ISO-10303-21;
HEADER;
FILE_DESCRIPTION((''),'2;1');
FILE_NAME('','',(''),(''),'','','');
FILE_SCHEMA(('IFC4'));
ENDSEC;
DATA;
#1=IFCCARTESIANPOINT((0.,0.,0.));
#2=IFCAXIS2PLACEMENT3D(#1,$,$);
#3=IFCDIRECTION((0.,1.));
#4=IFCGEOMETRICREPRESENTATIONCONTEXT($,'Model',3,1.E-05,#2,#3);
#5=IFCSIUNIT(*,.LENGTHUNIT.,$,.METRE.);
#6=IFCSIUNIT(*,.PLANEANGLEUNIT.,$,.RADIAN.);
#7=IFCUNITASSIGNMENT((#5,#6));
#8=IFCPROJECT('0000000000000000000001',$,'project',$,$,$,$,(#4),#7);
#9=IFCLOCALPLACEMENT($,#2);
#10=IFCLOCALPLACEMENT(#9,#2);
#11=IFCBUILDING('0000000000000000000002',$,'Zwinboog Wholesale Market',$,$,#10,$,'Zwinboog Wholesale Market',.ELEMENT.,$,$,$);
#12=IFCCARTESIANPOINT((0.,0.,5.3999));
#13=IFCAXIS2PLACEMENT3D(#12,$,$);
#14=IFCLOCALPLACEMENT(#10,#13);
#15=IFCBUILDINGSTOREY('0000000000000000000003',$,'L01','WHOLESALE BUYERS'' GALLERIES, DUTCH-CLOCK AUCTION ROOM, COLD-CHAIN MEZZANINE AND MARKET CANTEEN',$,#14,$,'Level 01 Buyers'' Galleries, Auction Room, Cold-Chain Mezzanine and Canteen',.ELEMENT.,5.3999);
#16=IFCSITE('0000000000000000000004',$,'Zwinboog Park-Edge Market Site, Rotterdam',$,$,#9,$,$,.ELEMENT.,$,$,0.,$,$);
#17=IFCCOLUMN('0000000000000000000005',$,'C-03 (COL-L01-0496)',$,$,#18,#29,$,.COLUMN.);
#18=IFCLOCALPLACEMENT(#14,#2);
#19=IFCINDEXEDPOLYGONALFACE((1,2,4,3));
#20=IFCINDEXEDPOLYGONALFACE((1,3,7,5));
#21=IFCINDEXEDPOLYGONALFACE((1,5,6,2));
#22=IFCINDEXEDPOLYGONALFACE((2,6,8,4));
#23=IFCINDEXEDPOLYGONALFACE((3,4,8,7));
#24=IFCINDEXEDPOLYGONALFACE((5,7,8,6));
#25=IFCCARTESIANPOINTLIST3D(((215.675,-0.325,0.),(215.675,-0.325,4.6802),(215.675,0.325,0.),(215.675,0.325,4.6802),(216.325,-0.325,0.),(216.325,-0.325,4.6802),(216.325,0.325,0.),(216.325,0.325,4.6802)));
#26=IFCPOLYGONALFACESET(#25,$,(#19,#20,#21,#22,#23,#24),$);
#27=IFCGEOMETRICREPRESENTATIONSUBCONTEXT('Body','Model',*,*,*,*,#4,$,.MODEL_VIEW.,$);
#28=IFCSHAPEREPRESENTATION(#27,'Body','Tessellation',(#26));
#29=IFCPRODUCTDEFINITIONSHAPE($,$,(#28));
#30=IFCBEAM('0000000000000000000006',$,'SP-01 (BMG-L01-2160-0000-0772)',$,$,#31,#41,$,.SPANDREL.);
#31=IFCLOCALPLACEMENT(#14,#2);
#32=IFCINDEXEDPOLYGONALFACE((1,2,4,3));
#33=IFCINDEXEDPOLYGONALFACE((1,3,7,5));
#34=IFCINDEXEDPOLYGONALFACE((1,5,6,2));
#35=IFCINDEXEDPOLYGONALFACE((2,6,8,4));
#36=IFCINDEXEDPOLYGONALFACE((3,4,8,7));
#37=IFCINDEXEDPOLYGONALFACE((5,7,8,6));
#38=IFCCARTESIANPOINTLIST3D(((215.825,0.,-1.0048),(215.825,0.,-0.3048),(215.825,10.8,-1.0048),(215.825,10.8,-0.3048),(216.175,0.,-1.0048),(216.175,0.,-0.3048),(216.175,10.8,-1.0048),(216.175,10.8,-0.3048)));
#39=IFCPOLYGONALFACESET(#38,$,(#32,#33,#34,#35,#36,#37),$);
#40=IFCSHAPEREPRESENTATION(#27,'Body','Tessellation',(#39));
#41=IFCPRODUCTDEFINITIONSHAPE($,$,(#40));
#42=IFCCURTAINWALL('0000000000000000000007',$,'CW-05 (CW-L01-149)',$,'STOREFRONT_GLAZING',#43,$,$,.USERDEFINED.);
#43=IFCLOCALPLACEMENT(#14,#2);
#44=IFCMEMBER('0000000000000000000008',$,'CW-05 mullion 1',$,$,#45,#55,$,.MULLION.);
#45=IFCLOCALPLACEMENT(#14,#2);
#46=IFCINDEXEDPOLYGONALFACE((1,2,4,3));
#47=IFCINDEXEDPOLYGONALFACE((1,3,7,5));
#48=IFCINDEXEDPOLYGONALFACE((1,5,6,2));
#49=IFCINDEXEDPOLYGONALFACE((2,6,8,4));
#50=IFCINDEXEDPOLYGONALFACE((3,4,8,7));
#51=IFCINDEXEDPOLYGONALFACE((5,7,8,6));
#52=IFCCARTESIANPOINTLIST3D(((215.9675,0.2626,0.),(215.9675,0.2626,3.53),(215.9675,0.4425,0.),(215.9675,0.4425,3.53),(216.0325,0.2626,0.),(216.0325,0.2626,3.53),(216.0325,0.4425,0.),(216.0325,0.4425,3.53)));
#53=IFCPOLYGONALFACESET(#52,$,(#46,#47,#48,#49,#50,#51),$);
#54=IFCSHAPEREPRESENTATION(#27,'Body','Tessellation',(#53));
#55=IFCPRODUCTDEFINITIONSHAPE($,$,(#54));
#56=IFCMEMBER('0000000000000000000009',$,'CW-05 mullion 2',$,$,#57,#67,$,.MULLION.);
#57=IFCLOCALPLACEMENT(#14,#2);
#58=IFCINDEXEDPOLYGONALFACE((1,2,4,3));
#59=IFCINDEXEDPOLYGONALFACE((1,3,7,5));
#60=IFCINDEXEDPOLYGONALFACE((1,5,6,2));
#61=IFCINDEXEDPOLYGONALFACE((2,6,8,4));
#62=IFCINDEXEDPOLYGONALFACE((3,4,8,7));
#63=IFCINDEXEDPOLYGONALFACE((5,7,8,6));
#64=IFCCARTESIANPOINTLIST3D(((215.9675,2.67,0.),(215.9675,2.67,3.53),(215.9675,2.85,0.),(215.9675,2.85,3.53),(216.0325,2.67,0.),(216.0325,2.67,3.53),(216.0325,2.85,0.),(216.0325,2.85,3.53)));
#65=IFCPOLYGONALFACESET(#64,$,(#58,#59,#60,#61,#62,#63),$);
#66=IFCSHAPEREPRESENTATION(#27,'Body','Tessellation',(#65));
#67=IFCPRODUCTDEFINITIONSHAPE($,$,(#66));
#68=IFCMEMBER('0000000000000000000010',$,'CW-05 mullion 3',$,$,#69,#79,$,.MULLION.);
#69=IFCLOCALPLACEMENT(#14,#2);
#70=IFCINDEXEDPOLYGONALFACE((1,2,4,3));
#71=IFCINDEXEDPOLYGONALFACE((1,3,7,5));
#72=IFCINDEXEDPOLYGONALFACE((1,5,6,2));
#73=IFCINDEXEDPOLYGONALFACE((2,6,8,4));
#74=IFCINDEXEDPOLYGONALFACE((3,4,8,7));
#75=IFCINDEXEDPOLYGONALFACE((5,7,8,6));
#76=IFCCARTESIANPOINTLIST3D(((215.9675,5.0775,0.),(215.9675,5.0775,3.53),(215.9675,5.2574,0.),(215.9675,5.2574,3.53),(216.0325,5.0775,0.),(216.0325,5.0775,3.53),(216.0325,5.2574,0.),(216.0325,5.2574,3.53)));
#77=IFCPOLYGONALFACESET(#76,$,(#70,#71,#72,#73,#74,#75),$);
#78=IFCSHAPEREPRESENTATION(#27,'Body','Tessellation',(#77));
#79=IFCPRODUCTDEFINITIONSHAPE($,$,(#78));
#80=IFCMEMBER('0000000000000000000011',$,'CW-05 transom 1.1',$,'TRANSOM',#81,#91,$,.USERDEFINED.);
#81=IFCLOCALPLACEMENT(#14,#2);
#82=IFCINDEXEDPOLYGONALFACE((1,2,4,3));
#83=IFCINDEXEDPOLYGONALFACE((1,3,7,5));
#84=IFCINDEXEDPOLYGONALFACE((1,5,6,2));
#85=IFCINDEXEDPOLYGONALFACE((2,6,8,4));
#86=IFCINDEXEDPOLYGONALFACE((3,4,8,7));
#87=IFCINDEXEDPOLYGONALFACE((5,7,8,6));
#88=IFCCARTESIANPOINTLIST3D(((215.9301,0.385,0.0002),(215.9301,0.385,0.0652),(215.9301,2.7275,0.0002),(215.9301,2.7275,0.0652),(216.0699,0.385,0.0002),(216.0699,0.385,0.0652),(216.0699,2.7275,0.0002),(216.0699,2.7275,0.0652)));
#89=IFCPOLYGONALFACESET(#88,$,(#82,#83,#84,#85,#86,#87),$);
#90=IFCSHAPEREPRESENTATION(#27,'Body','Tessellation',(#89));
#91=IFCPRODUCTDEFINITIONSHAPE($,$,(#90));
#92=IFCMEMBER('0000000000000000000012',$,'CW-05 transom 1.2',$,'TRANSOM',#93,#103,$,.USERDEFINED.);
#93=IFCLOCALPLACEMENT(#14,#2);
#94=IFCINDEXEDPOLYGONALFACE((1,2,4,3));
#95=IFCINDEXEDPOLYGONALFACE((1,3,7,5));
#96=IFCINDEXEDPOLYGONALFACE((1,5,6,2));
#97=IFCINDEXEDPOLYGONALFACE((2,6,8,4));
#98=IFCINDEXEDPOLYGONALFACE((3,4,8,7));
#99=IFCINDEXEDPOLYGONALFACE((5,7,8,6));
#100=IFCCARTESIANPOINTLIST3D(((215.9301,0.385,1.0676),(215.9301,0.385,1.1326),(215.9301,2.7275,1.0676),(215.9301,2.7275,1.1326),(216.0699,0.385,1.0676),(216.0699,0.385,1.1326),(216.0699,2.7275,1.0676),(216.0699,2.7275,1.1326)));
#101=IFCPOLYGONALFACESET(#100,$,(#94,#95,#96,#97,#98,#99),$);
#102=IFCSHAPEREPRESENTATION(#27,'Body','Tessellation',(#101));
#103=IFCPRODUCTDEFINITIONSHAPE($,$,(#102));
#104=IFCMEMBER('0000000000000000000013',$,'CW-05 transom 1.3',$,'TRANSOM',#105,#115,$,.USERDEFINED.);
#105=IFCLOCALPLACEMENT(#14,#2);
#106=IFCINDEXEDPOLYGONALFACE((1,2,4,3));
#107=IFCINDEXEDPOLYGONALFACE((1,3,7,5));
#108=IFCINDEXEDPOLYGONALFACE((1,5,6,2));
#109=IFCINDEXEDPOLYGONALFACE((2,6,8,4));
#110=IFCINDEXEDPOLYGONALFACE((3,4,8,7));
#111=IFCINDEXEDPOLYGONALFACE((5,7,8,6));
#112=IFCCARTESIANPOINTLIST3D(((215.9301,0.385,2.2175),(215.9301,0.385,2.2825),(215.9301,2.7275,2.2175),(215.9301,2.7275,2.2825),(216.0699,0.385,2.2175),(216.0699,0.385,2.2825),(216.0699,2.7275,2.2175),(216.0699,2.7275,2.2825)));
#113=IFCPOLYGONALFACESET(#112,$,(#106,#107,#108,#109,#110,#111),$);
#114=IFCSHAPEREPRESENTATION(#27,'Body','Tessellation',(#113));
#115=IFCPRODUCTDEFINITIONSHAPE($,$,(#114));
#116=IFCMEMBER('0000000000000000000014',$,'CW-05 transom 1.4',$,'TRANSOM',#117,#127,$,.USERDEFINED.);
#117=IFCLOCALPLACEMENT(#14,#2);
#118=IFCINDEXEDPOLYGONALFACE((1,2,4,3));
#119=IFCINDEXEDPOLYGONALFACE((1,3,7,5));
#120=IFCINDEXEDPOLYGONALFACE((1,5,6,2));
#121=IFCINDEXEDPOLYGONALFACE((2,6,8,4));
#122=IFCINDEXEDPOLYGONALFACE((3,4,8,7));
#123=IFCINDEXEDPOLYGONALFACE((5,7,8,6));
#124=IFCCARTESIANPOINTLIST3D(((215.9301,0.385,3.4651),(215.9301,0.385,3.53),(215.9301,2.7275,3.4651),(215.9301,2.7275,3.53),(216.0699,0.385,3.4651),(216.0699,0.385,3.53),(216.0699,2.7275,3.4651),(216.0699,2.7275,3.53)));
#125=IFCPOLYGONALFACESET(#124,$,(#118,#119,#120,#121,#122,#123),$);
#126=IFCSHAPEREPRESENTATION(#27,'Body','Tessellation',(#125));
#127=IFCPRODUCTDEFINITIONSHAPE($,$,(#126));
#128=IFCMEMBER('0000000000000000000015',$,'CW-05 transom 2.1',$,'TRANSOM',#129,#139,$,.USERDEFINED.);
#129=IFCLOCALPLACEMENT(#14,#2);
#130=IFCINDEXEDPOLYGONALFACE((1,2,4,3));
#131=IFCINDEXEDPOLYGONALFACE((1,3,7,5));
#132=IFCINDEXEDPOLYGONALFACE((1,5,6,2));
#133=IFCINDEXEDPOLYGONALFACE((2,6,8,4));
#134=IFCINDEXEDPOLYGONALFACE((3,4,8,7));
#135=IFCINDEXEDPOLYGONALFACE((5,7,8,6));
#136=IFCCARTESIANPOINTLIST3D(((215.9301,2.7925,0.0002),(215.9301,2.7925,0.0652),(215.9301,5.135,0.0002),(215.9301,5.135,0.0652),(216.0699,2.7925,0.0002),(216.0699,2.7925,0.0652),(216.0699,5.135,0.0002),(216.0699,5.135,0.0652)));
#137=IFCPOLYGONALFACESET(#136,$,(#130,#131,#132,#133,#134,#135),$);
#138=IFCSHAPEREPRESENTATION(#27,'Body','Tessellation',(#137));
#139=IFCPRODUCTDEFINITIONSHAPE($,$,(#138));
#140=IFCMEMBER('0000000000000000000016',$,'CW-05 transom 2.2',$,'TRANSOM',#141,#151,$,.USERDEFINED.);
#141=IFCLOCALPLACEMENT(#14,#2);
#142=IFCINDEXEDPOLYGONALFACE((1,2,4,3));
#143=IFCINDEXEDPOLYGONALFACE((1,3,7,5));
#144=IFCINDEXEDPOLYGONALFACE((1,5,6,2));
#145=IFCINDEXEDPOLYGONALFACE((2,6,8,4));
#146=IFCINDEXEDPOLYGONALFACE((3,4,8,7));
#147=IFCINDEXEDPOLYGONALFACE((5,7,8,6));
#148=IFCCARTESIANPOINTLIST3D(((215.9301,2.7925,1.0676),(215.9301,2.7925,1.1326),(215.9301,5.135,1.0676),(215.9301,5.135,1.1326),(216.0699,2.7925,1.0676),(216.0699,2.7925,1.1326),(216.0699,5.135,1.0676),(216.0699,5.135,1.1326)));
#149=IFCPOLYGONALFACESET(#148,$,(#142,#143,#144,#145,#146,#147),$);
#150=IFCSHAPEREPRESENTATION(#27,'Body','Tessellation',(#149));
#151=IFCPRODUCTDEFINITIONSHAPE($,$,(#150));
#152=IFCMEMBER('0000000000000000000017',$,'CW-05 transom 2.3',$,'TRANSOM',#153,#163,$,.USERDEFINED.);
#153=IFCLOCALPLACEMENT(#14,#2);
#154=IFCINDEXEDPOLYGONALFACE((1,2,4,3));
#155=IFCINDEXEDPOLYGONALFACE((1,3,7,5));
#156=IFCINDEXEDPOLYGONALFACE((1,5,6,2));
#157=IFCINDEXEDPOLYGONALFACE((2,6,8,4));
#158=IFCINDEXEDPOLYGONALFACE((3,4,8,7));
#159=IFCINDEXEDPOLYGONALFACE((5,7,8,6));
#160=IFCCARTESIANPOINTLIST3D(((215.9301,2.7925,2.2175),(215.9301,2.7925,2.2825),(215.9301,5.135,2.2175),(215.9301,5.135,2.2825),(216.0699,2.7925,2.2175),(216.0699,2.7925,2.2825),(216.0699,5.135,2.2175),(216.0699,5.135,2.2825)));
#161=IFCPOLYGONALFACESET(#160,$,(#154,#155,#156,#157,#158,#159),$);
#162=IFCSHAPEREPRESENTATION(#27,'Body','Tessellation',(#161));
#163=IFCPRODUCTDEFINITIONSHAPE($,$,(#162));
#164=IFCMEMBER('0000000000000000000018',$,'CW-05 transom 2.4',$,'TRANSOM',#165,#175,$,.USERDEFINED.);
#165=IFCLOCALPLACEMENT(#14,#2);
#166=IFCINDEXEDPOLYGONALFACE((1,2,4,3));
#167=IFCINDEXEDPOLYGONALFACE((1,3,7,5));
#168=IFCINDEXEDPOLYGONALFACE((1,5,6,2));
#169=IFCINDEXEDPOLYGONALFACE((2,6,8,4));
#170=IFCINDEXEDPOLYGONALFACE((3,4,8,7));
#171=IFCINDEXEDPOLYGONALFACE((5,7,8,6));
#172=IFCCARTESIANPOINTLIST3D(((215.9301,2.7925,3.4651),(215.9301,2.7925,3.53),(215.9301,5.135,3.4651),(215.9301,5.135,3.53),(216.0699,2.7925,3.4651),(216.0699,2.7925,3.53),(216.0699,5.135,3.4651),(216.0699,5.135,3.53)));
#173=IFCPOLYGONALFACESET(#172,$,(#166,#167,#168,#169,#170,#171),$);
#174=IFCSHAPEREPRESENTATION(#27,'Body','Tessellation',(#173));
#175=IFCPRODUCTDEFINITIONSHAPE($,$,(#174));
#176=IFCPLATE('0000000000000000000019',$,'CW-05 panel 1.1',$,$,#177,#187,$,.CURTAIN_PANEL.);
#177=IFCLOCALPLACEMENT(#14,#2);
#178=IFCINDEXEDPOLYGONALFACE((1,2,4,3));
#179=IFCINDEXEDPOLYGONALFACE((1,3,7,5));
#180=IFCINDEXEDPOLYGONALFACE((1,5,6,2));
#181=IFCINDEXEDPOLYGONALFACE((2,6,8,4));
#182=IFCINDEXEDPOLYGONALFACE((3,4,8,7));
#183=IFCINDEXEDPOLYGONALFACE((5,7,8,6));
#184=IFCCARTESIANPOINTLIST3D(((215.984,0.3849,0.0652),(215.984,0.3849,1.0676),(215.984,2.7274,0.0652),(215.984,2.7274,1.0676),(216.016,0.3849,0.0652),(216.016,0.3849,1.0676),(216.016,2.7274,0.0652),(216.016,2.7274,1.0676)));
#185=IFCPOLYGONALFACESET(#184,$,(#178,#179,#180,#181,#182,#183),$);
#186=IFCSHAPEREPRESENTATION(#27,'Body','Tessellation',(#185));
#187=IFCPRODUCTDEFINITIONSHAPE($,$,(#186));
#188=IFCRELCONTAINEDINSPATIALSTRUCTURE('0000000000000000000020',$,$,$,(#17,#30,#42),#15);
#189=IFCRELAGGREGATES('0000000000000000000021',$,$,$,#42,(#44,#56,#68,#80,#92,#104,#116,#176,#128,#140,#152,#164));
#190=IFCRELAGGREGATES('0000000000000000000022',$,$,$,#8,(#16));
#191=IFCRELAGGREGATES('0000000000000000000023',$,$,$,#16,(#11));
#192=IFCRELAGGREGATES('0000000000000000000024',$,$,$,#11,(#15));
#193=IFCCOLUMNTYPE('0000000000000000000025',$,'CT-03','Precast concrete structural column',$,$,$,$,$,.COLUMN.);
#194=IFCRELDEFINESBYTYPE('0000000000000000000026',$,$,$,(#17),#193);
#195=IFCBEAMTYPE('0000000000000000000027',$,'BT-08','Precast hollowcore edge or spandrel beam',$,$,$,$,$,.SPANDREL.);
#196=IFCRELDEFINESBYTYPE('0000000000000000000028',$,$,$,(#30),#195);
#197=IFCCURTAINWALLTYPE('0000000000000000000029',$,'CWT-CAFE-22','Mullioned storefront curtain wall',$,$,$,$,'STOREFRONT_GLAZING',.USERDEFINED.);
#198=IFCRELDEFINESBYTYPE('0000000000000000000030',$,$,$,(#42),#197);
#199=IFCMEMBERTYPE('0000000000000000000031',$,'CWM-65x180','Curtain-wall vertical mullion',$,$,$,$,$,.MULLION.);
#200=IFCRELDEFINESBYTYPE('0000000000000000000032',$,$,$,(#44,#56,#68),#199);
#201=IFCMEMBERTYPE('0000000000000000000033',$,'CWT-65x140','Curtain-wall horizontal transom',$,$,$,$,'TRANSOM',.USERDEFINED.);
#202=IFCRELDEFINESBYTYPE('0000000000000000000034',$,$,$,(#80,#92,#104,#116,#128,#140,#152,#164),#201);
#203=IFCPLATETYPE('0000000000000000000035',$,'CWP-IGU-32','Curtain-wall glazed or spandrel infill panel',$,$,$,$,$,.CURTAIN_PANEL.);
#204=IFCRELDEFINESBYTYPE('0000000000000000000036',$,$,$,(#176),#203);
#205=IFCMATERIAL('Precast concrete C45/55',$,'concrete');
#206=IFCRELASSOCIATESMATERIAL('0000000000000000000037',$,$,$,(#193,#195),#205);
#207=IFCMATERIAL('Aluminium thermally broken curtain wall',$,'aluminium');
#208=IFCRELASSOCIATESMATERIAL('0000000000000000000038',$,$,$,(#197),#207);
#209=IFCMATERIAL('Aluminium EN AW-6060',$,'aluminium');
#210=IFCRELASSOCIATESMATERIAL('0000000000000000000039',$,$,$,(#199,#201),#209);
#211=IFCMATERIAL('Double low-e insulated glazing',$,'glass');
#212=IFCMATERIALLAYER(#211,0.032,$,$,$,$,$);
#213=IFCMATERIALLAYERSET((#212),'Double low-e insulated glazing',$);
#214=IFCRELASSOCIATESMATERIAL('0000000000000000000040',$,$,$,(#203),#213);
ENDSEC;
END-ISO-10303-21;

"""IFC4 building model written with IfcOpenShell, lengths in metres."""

from ifc_helpers import new_model, si_unit, direction, frame, origin, origin_2d, place, context, subcontext, project, spatial, rectangle, extrude, material, layer, layer_set, material_profile, profile_set, type_object, element, aggregate, save


model = new_model("IFC4")

# Units and contexts
model_context = context("Model", 3, precision=1e-05, world=origin(), true_north=direction((0.0, 1.0)))
body_context = subcontext(model_context, "Body", "Model", "MODEL_VIEW")
ifc_project = project(units=[si_unit("LENGTHUNIT", "METRE"), si_unit("PLANEANGLEUNIT", "RADIAN")], contexts=[model_context])

# Site, building, storey
site_placement = place(None, origin())
site = spatial("IfcSite", under=ifc_project, at=site_placement, Name="Zwinboog Park-Edge Market Site, Rotterdam", CompositionType="ELEMENT", RefElevation=0.0)
building_placement = place(site_placement, origin())
building = spatial("IfcBuilding", under=site, at=building_placement, Name="Zwinboog Wholesale Market", LongName="Zwinboog Wholesale Market", CompositionType="ELEMENT")
storey_placement = place(building_placement, frame((0.0, 0.0, 5.3999)))
storey = spatial("IfcBuildingStorey", under=building, at=storey_placement, Name="L01", Description="WHOLESALE BUYERS' GALLERIES, DUTCH-CLOCK AUCTION ROOM, COLD-CHAIN MEZZANINE AND MARKET CANTEEN", LongName="Level 01 Buyers' Galleries, Auction Room, Cold-Chain Mezzanine and Canteen", CompositionType="ELEMENT", Elevation=5.3999)

# Column
ifc_material_1 = material(Name="Precast concrete C45/55", Category="concrete")
ifc_material_profile_1 = material_profile(ifc_material_1, rectangle(XDim=0.6499, YDim=0.6499, at=origin_2d()), Name="PC 650x650")
ifc_profile_set_1 = profile_set([ifc_material_profile_1], Name="Precast concrete C45/55")
column_type = type_object("IfcColumnType", Name="CT-03", Description="Precast concrete structural column", PredefinedType="COLUMN", material=ifc_profile_set_1)
column_placement = place(storey_placement, frame((216.0, 0.0, 0.0), z_axis=(0.0, 0.0, 1.0), x_axis=(1.0, 0.0, 0.0)))
element("IfcColumn", 1, at=column_placement, inside=storey, type_object=column_type, Name="C-03 (COL-L01-0496)", PredefinedType="COLUMN", context=body_context, shape_type="SweptSolid", body=[
    extrude(rectangle(XDim=0.6499, YDim=0.6499, at=origin_2d()), origin(), (0.0, 0.0, 1.0), 4.6802),
])

# Beam
ifc_material_profile_2 = material_profile(ifc_material_1, rectangle(XDim=0.3501, YDim=0.7, at=origin_2d()), Name="PC 350x700")
ifc_profile_set_2 = profile_set([ifc_material_profile_2], Name="Precast concrete C45/55")
beam_type = type_object("IfcBeamType", Name="BT-08", Description="Precast hollowcore edge or spandrel beam", PredefinedType="SPANDREL", material=ifc_profile_set_2)
beam_placement = place(storey_placement, frame((216.0, 0.0, -0.6548), z_axis=(0.0, 1.0, 0.0), x_axis=(-1.0, 0.0, 0.0)))
element("IfcBeam", 2, at=beam_placement, inside=storey, type_object=beam_type, Name="SP-01 (BMG-L01-2160-0000-0772)", PredefinedType="SPANDREL", context=body_context, shape_type="SweptSolid", body=[
    extrude(rectangle(XDim=0.3501, YDim=0.7, at=origin_2d()), origin(), (0.0, 0.0, 1.0), 10.8),
])

# Curtain wall, members, plate
ifc_material_2 = material(Name="Aluminium thermally broken curtain wall", Category="aluminium")
curtain_wall_type = type_object("IfcCurtainWallType", Name="CWT-CAFE-22", Description="Mullioned storefront curtain wall", ElementType="STOREFRONT_GLAZING", PredefinedType="USERDEFINED", material=ifc_material_2)
curtain_wall_placement = place(storey_placement, origin())
curtain_wall = element("IfcCurtainWall", 3, at=curtain_wall_placement, inside=storey, type_object=curtain_wall_type, Name="CW-05 (CW-L01-149)", ObjectType="STOREFRONT_GLAZING", PredefinedType="USERDEFINED")
ifc_material_3 = material(Name="Aluminium EN AW-6060", Category="aluminium")
ifc_material_profile_3 = material_profile(ifc_material_3, rectangle(XDim=0.0649, YDim=0.1799, at=origin_2d()), Name="AL 65x180")
ifc_profile_set_3 = profile_set([ifc_material_profile_3], Name="Aluminium EN AW-6060")
member_type_1 = type_object("IfcMemberType", Name="CWM-65x180", Description="Curtain-wall vertical mullion", PredefinedType="MULLION", material=ifc_profile_set_3)
member_1_placement = place(storey_placement, frame((216.0, 0.3525, 0.0), z_axis=(0.0, 0.0, 1.0), x_axis=(-1.0, 0.0, 0.0)))
member_1 = element("IfcMember", 4, at=member_1_placement, type_object=member_type_1, Name="CW-05 mullion 1", PredefinedType="MULLION", context=body_context, shape_type="SweptSolid", body=[
    extrude(rectangle(XDim=0.0649, YDim=0.1799, at=origin_2d()), origin(), (0.0, 0.0, 1.0), 3.53),
])
member_2_placement = place(storey_placement, frame((216.0, 2.76, 0.0), z_axis=(0.0, 0.0, 1.0), x_axis=(-1.0, 0.0, 0.0)))
member_2 = element("IfcMember", 5, at=member_2_placement, type_object=member_type_1, Name="CW-05 mullion 2", PredefinedType="MULLION", context=body_context, shape_type="SweptSolid", body=[
    extrude(rectangle(XDim=0.0649, YDim=0.1799, at=origin_2d()), origin(), (0.0, 0.0, 1.0), 3.53),
])
member_3_placement = place(storey_placement, frame((216.0, 5.1675, 0.0), z_axis=(0.0, 0.0, 1.0), x_axis=(-1.0, 0.0, 0.0)))
member_3 = element("IfcMember", 6, at=member_3_placement, type_object=member_type_1, Name="CW-05 mullion 3", PredefinedType="MULLION", context=body_context, shape_type="SweptSolid", body=[
    extrude(rectangle(XDim=0.0649, YDim=0.1799, at=origin_2d()), origin(), (0.0, 0.0, 1.0), 3.53),
])
ifc_material_profile_4 = material_profile(ifc_material_3, rectangle(XDim=0.1399, YDim=0.0649, at=origin_2d()), Name="AL 65x140")
ifc_profile_set_4 = profile_set([ifc_material_profile_4], Name="Aluminium EN AW-6060")
member_type_2 = type_object("IfcMemberType", Name="CWT-65x140", Description="Curtain-wall horizontal transom", ElementType="TRANSOM", PredefinedType="USERDEFINED", material=ifc_profile_set_4)
member_4_placement = place(storey_placement, frame((216.0, 0.385, 0.0327), z_axis=(0.0, 1.0, 0.0), x_axis=(-1.0, 0.0, 0.0)))
member_4 = element("IfcMember", 7, at=member_4_placement, type_object=member_type_2, Name="CW-05 transom 1.1", ObjectType="TRANSOM", PredefinedType="USERDEFINED", context=body_context, shape_type="SweptSolid", body=[
    extrude(rectangle(XDim=0.1399, YDim=0.0649, at=origin_2d()), origin(), (0.0, 0.0, 1.0), 2.3425),
])
member_5_placement = place(storey_placement, frame((216.0, 0.385, 1.1001), z_axis=(0.0, 1.0, 0.0), x_axis=(-1.0, 0.0, 0.0)))
member_5 = element("IfcMember", 8, at=member_5_placement, type_object=member_type_2, Name="CW-05 transom 1.2", ObjectType="TRANSOM", PredefinedType="USERDEFINED", context=body_context, shape_type="SweptSolid", body=[
    extrude(rectangle(XDim=0.1399, YDim=0.0649, at=origin_2d()), origin(), (0.0, 0.0, 1.0), 2.3425),
])
member_6_placement = place(storey_placement, frame((216.0, 0.385, 2.25), z_axis=(0.0, 1.0, 0.0), x_axis=(-1.0, 0.0, 0.0)))
member_6 = element("IfcMember", 9, at=member_6_placement, type_object=member_type_2, Name="CW-05 transom 1.3", ObjectType="TRANSOM", PredefinedType="USERDEFINED", context=body_context, shape_type="SweptSolid", body=[
    extrude(rectangle(XDim=0.1399, YDim=0.0649, at=origin_2d()), origin(), (0.0, 0.0, 1.0), 2.3425),
])
member_7_placement = place(storey_placement, frame((216.0, 0.385, 3.4976), z_axis=(0.0, 1.0, 0.0), x_axis=(-1.0, 0.0, 0.0)))
member_7 = element("IfcMember", 10, at=member_7_placement, type_object=member_type_2, Name="CW-05 transom 1.4", ObjectType="TRANSOM", PredefinedType="USERDEFINED", context=body_context, shape_type="SweptSolid", body=[
    extrude(rectangle(XDim=0.1399, YDim=0.0649, at=origin_2d()), origin(), (0.0, 0.0, 1.0), 2.3425),
])
member_8_placement = place(storey_placement, frame((216.0, 2.7925, 0.0327), z_axis=(0.0, 1.0, 0.0), x_axis=(-1.0, 0.0, 0.0)))
member_8 = element("IfcMember", 11, at=member_8_placement, type_object=member_type_2, Name="CW-05 transom 2.1", ObjectType="TRANSOM", PredefinedType="USERDEFINED", context=body_context, shape_type="SweptSolid", body=[
    extrude(rectangle(XDim=0.1399, YDim=0.0649, at=origin_2d()), origin(), (0.0, 0.0, 1.0), 2.3425),
])
member_9_placement = place(storey_placement, frame((216.0, 2.7925, 1.1001), z_axis=(0.0, 1.0, 0.0), x_axis=(-1.0, 0.0, 0.0)))
member_9 = element("IfcMember", 12, at=member_9_placement, type_object=member_type_2, Name="CW-05 transom 2.2", ObjectType="TRANSOM", PredefinedType="USERDEFINED", context=body_context, shape_type="SweptSolid", body=[
    extrude(rectangle(XDim=0.1399, YDim=0.0649, at=origin_2d()), origin(), (0.0, 0.0, 1.0), 2.3425),
])
member_10_placement = place(storey_placement, frame((216.0, 2.7925, 2.25), z_axis=(0.0, 1.0, 0.0), x_axis=(-1.0, 0.0, 0.0)))
member_10 = element("IfcMember", 13, at=member_10_placement, type_object=member_type_2, Name="CW-05 transom 2.3", ObjectType="TRANSOM", PredefinedType="USERDEFINED", context=body_context, shape_type="SweptSolid", body=[
    extrude(rectangle(XDim=0.1399, YDim=0.0649, at=origin_2d()), origin(), (0.0, 0.0, 1.0), 2.3425),
])
member_11_placement = place(storey_placement, frame((216.0, 2.7925, 3.4976), z_axis=(0.0, 1.0, 0.0), x_axis=(-1.0, 0.0, 0.0)))
member_11 = element("IfcMember", 14, at=member_11_placement, type_object=member_type_2, Name="CW-05 transom 2.4", ObjectType="TRANSOM", PredefinedType="USERDEFINED", context=body_context, shape_type="SweptSolid", body=[
    extrude(rectangle(XDim=0.1399, YDim=0.0649, at=origin_2d()), origin(), (0.0, 0.0, 1.0), 2.3425),
])
ifc_material_4 = material(Name="Double low-e insulated glazing", Category="glass")
ifc_layer_1 = layer(ifc_material_4, 0.032)
ifc_layer_set_1 = layer_set([ifc_layer_1], Name="Double low-e insulated glazing")
plate_type = type_object("IfcPlateType", Name="CWP-IGU-32", Description="Curtain-wall glazed or spandrel infill panel", PredefinedType="CURTAIN_PANEL", material=ifc_layer_set_1)
plate_1_placement = place(storey_placement, frame((216.0, 1.5562, 0.0652), z_axis=(0.0, 0.0, 1.0), x_axis=(0.0, 1.0, 0.0)))
plate_1 = element("IfcPlate", 15, at=plate_1_placement, type_object=plate_type, Name="CW-05 panel 1.1", PredefinedType="CURTAIN_PANEL", context=body_context, shape_type="SweptSolid", body=[
    extrude(rectangle(XDim=2.3425, YDim=0.032, at=origin_2d()), origin(), (0.0, 0.0, 1.0), 1.0024),
])
aggregate(curtain_wall, [member_1, member_2, member_3, member_4, member_5, member_6, member_7, plate_1, member_8, member_9, member_10, member_11])

save(model, "model.ifc")
